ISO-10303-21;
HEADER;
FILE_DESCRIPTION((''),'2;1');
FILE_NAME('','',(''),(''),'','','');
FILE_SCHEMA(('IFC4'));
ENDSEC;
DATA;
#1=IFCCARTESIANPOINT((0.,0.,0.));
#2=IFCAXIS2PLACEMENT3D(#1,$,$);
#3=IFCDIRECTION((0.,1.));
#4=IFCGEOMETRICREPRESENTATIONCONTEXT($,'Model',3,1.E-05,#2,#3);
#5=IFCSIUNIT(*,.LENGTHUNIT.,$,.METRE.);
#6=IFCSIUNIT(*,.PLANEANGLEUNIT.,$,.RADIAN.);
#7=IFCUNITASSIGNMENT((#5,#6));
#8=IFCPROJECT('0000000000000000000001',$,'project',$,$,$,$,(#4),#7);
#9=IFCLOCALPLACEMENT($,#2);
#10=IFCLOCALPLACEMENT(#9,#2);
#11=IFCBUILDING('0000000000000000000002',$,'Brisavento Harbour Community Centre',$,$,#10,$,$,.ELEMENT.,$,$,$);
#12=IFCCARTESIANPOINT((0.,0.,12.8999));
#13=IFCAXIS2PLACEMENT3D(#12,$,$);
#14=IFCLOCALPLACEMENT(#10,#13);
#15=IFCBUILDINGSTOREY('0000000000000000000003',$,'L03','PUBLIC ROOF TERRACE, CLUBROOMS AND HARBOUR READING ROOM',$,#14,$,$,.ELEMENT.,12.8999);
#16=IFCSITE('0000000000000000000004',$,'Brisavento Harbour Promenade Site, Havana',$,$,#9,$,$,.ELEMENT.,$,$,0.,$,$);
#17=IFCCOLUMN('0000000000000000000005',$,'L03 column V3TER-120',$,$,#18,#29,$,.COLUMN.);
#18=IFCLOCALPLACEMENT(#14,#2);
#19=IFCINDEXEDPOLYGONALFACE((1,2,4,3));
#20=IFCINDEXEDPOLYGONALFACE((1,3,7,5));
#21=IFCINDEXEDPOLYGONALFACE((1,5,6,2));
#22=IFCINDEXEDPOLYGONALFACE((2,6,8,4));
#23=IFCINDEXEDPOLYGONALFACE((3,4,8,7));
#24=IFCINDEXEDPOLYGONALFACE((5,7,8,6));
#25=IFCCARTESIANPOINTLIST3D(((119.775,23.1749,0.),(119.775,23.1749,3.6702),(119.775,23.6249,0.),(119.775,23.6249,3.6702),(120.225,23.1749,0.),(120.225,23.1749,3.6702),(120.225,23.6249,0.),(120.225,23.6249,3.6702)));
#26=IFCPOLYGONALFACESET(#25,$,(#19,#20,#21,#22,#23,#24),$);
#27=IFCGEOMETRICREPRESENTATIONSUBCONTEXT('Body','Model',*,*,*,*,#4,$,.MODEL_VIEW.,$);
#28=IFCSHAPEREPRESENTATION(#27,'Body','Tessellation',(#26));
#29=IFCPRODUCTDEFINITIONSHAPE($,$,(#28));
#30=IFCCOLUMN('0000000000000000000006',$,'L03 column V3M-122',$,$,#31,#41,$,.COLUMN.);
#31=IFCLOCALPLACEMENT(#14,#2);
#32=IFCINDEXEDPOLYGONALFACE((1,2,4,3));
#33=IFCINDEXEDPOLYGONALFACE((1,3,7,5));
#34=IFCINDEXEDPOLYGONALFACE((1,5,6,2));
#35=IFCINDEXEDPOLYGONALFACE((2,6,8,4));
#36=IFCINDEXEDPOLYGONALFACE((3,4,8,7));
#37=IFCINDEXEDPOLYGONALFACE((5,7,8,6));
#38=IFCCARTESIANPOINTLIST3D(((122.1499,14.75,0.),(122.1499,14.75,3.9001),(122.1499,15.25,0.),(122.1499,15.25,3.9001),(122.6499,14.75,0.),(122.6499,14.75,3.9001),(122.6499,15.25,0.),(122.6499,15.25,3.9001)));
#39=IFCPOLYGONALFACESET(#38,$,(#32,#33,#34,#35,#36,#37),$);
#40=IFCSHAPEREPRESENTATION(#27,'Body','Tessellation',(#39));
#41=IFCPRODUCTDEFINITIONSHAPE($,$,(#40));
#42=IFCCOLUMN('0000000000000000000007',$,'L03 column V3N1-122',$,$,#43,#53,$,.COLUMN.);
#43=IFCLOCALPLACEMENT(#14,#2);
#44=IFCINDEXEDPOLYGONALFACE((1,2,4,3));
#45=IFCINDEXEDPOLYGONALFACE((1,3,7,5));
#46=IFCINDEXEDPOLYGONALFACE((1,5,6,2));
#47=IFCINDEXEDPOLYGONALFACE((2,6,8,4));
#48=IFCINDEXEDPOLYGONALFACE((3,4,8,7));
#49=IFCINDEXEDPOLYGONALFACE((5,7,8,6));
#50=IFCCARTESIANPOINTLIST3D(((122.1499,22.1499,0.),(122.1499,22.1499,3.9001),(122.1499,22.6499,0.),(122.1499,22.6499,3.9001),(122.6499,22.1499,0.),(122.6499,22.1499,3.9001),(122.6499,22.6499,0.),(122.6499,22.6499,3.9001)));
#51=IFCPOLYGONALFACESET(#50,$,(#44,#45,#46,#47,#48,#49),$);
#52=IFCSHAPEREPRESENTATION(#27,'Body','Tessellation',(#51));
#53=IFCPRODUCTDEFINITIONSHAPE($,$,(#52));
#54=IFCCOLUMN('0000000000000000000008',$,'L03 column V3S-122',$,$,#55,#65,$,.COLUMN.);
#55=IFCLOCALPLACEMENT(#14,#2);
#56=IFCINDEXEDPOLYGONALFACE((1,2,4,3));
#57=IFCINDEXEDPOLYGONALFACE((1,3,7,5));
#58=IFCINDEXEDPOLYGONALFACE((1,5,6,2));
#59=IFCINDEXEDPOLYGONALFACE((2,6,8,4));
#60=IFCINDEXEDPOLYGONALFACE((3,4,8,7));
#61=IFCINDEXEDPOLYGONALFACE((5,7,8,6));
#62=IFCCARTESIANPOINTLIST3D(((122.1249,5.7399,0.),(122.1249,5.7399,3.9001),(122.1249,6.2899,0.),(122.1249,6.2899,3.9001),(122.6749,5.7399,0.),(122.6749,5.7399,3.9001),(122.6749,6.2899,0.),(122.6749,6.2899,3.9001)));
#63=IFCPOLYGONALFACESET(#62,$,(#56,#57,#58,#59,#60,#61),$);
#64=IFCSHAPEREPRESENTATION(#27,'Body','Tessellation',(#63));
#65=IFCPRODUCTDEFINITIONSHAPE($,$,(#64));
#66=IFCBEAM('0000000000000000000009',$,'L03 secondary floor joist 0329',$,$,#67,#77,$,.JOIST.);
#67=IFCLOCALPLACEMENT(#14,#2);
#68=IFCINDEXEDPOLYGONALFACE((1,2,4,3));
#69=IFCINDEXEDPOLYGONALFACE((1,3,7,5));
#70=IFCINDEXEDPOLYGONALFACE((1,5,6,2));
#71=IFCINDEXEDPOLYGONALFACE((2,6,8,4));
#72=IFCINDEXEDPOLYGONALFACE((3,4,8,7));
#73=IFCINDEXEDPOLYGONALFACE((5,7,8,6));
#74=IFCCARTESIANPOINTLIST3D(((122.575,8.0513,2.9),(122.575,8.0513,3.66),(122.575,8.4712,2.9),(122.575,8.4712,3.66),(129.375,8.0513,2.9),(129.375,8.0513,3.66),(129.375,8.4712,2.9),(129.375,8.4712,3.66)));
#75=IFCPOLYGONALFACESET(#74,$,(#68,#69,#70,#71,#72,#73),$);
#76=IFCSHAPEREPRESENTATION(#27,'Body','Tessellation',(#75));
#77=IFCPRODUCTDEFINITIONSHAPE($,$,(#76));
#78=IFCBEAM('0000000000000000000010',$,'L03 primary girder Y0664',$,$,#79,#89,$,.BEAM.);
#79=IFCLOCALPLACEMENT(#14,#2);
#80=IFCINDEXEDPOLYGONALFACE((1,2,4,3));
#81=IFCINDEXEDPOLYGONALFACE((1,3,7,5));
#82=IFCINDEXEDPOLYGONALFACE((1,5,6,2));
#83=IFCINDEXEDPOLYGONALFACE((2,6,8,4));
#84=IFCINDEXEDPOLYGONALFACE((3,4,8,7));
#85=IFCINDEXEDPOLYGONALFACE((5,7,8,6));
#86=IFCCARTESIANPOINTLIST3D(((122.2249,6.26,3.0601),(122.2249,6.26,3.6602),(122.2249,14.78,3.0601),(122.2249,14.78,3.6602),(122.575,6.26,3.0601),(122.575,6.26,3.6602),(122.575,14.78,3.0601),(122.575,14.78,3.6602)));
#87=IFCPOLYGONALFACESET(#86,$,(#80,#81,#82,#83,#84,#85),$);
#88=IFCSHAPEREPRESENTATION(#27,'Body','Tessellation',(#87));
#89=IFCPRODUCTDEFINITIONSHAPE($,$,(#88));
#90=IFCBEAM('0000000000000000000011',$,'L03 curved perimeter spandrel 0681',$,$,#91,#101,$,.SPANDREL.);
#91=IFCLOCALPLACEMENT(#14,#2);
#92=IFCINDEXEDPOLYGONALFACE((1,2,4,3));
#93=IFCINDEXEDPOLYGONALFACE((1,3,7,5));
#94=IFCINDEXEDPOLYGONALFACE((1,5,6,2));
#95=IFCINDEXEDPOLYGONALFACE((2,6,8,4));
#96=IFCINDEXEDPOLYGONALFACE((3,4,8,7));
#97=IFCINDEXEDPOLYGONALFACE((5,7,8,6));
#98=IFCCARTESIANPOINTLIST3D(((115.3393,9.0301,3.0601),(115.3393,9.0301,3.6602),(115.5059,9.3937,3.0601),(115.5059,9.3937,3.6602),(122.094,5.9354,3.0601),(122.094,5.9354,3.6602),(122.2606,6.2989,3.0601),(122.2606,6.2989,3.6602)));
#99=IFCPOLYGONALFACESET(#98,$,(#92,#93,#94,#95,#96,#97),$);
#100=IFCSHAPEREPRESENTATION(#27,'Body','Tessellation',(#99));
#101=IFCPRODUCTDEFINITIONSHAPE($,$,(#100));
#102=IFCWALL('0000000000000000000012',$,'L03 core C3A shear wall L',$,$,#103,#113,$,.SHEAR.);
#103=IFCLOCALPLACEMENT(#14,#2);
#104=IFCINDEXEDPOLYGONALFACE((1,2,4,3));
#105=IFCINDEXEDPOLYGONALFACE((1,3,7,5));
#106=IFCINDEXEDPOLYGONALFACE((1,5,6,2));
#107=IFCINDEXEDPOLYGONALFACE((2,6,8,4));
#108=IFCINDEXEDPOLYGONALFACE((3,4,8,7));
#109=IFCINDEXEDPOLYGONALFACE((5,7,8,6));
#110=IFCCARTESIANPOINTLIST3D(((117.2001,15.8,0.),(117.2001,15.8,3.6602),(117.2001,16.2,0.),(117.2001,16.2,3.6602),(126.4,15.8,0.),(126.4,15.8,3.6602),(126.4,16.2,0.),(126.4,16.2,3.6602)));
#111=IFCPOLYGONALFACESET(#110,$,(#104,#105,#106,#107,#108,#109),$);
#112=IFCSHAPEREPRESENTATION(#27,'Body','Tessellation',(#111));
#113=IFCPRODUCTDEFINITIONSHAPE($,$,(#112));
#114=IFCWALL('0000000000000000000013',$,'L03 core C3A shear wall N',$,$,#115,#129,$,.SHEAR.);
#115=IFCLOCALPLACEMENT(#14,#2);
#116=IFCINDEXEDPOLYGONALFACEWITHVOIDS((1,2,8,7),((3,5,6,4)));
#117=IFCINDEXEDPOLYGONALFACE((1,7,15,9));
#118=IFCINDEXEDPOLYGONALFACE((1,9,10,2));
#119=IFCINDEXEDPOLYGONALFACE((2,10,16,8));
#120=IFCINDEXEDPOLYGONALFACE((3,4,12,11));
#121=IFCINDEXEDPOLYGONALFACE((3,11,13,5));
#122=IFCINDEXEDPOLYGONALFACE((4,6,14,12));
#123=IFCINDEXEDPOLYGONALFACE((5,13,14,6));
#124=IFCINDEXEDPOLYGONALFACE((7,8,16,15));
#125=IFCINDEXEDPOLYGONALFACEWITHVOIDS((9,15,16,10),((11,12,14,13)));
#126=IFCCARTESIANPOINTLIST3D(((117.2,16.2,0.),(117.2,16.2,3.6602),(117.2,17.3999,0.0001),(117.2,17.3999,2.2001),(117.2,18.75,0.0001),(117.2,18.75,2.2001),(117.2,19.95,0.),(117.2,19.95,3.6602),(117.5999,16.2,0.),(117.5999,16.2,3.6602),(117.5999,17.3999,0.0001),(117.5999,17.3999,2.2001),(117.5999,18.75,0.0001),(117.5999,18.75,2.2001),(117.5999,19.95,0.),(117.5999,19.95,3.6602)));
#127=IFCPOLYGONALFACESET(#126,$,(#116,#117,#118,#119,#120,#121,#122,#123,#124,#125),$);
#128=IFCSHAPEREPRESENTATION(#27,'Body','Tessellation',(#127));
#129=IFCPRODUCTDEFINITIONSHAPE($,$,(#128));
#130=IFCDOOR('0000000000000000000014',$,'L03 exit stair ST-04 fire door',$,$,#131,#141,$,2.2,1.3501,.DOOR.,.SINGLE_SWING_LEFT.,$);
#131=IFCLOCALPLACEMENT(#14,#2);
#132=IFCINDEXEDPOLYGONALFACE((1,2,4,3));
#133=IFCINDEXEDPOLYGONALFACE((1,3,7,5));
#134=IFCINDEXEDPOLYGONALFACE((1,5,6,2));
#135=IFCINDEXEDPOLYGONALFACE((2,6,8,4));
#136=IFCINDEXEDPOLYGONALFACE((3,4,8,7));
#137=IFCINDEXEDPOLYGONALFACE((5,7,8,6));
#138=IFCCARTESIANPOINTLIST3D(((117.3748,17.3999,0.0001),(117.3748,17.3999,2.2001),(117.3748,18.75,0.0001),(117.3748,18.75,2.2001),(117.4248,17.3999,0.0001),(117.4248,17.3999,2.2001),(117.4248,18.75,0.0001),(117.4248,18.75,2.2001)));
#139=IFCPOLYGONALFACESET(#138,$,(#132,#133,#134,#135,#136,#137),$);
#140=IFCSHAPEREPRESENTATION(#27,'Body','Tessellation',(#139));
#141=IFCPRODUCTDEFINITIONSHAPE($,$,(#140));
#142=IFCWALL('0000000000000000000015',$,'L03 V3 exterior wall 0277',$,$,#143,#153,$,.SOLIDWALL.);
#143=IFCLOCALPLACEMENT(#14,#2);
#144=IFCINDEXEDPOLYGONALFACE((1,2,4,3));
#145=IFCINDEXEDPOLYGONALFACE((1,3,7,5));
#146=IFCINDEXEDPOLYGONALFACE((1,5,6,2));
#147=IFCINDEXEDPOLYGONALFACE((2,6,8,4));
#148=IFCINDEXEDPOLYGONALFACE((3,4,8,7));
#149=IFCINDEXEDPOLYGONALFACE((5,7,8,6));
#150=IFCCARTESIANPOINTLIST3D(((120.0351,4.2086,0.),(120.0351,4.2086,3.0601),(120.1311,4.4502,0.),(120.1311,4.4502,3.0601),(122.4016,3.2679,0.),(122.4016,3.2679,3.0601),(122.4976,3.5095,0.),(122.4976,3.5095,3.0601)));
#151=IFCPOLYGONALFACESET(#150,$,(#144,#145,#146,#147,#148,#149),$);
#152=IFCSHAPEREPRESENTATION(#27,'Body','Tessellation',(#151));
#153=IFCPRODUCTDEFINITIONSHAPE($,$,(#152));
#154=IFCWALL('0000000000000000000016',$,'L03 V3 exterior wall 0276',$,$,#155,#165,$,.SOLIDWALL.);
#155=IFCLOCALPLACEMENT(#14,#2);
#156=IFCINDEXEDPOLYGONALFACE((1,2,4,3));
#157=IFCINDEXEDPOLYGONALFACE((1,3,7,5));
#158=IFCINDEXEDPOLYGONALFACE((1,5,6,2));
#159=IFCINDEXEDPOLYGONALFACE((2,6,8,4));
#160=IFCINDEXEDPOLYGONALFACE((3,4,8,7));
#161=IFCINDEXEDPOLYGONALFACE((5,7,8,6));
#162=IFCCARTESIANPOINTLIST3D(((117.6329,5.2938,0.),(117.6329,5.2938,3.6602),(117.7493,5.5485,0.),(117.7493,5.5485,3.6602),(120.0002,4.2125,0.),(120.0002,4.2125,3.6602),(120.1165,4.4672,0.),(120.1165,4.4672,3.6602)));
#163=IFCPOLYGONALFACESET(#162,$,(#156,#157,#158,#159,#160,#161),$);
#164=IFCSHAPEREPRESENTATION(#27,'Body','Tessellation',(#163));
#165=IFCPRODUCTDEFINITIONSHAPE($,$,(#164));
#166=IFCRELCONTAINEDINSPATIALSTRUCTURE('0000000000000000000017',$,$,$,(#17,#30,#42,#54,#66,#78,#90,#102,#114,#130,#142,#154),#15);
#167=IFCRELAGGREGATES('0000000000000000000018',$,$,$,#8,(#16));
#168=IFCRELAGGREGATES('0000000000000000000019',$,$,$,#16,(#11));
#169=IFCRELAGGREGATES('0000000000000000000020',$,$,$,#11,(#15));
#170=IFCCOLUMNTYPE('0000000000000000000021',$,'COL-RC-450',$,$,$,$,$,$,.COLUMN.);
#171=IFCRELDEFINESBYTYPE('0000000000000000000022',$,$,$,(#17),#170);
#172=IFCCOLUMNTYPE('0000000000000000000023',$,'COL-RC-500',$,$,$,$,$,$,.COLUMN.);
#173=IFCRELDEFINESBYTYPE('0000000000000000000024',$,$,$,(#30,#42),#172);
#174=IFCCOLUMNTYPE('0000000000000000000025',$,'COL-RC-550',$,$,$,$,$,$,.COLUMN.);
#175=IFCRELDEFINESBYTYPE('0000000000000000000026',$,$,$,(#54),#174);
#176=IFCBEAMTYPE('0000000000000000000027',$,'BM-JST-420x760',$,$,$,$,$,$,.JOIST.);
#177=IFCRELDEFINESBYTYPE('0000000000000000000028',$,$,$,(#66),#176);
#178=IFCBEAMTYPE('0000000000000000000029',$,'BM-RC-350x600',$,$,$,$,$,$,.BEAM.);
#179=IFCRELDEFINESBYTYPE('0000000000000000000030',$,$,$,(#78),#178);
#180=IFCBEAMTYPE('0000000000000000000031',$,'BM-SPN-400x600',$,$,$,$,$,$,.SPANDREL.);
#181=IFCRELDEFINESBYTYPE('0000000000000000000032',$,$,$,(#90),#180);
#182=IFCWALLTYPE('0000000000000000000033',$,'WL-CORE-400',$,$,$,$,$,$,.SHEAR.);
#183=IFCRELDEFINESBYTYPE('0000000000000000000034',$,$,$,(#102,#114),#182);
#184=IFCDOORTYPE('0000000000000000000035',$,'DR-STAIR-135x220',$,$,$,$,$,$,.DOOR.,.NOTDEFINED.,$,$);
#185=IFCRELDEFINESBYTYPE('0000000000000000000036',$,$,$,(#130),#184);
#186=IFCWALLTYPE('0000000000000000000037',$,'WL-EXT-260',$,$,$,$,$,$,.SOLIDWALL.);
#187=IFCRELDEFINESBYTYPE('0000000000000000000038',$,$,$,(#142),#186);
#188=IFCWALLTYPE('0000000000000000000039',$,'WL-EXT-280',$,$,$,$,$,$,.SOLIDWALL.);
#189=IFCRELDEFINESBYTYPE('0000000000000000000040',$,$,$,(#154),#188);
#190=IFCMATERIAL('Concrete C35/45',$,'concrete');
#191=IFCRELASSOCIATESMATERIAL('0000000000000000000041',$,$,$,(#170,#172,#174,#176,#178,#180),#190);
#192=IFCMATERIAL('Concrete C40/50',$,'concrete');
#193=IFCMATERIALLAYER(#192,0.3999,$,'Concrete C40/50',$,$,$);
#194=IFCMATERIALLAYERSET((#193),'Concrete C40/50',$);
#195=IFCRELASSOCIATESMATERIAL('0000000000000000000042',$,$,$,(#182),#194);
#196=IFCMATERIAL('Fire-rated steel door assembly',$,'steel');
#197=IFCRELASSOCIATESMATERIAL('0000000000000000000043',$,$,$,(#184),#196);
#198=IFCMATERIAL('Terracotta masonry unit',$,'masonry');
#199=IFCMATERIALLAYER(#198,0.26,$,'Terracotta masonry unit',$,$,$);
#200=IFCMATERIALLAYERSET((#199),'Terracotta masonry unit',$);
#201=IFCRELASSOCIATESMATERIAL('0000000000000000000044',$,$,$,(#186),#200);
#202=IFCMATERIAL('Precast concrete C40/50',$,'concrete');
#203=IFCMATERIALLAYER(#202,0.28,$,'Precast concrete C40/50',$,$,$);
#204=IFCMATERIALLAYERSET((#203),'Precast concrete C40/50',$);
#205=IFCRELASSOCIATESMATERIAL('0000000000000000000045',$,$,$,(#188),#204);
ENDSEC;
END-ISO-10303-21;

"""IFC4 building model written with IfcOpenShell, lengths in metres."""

from ifc_helpers import new_model, si_unit, direction, frame, frame_2d, origin, origin_2d, place, context, subcontext, project, spatial, rectangle, extrude, material, layer, layer_set, material_profile, profile_set, type_object, element, fill, save


model = new_model("IFC4")

# Units and contexts
model_context = context("Model", 3, precision=1e-05, world=origin(), true_north=direction((0.0, 1.0)))
body_context = subcontext(model_context, "Body", "Model", "MODEL_VIEW")
ifc_project = project(units=[si_unit("LENGTHUNIT", "METRE"), si_unit("PLANEANGLEUNIT", "RADIAN")], contexts=[model_context])

# Site, building, storey
site_placement = place(None, origin())
site = spatial("IfcSite", under=ifc_project, at=site_placement, Name="Brisavento Harbour Promenade Site, Havana", CompositionType="ELEMENT", RefElevation=0.0)
building_placement = place(site_placement, origin())
building = spatial("IfcBuilding", under=site, at=building_placement, Name="Brisavento Harbour Community Centre", CompositionType="ELEMENT")
storey_placement = place(building_placement, frame((0.0, 0.0, 12.8999)))
storey = spatial("IfcBuildingStorey", under=building, at=storey_placement, Name="L03", Description="PUBLIC ROOF TERRACE, CLUBROOMS AND HARBOUR READING ROOM", CompositionType="ELEMENT", Elevation=12.8999)

# Columns
ifc_material_1 = material(Name="Concrete C35/45", Category="concrete")
ifc_material_profile_1 = material_profile(ifc_material_1, rectangle(XDim=0.45, YDim=0.45, at=origin_2d()), Name="Concrete C35/45")
ifc_profile_set_1 = profile_set([ifc_material_profile_1], Name="Concrete C35/45")
column_type_1 = type_object("IfcColumnType", Name="COL-RC-450", PredefinedType="COLUMN", material=ifc_profile_set_1)
column_1_placement = place(storey_placement, frame((120.0, 23.3999, 0.0), z_axis=(0.0, 0.0, 1.0), x_axis=(1.0, 0.0, 0.0)))
element("IfcColumn", 1, at=column_1_placement, inside=storey, type_object=column_type_1, Name="L03 column V3TER-120", PredefinedType="COLUMN", context=body_context, shape_type="SweptSolid", body=[
    extrude(rectangle(XDim=0.45, YDim=0.45, at=origin_2d()), origin(), (0.0, 0.0, 1.0), 3.6702),
])
ifc_material_profile_2 = material_profile(ifc_material_1, rectangle(XDim=0.5, YDim=0.5, at=origin_2d()), Name="Concrete C35/45")
ifc_profile_set_2 = profile_set([ifc_material_profile_2], Name="Concrete C35/45")
column_type_2 = type_object("IfcColumnType", Name="COL-RC-500", PredefinedType="COLUMN", material=ifc_profile_set_2)
for number, where, z_axis, x_axis, name in (
    (2, (122.3999, 15.0, 0.0), (0.0, 0.0, 1.0), (1.0, 0.0, 0.0), "L03 column V3M-122"),
    (3, (122.3999, 22.3999, 0.0), (0.0, 0.0, 1.0), (1.0, 0.0, 0.0), "L03 column V3N1-122"),
):
    element("IfcColumn", number, at=place(storey_placement, frame(where, z_axis=z_axis, x_axis=x_axis)), inside=storey, type_object=column_type_2, Name=name, PredefinedType="COLUMN", context=body_context, shape_type="SweptSolid", body=[
        extrude(rectangle(XDim=0.5, YDim=0.5, at=origin_2d()), origin(), (0.0, 0.0, 1.0), 3.9001),
    ])
ifc_material_profile_3 = material_profile(ifc_material_1, rectangle(XDim=0.55, YDim=0.55, at=origin_2d()), Name="Concrete C35/45")
ifc_profile_set_3 = profile_set([ifc_material_profile_3], Name="Concrete C35/45")
column_type_3 = type_object("IfcColumnType", Name="COL-RC-550", PredefinedType="COLUMN", material=ifc_profile_set_3)
column_2_placement = place(storey_placement, frame((122.3999, 6.0149, 0.0), z_axis=(0.0, 0.0, 1.0), x_axis=(1.0, 0.0, 0.0)))
element("IfcColumn", 4, at=column_2_placement, inside=storey, type_object=column_type_3, Name="L03 column V3S-122", PredefinedType="COLUMN", context=body_context, shape_type="SweptSolid", body=[
    extrude(rectangle(XDim=0.55, YDim=0.55, at=origin_2d()), origin(), (0.0, 0.0, 1.0), 3.9001),
])

# Beams
ifc_material_profile_4 = material_profile(ifc_material_1, rectangle(XDim=0.4199, YDim=0.76, at=origin_2d()), Name="Concrete C35/45")
ifc_profile_set_4 = profile_set([ifc_material_profile_4], Name="Concrete C35/45")
beam_type_1 = type_object("IfcBeamType", Name="BM-JST-420x760", PredefinedType="JOIST", material=ifc_profile_set_4)
beam_1_placement = place(storey_placement, frame((122.575, 8.2612, 3.28), z_axis=(1.0, 0.0, 0.0), x_axis=(0.0, 1.0, 0.0)))
element("IfcBeam", 5, at=beam_1_placement, inside=storey, type_object=beam_type_1, Name="L03 secondary floor joist 0329", PredefinedType="JOIST", context=body_context, shape_type="SweptSolid", body=[
    extrude(rectangle(XDim=0.4199, YDim=0.76, at=origin_2d()), origin(), (0.0, 0.0, 1.0), 6.8),
])
ifc_material_profile_5 = material_profile(ifc_material_1, rectangle(XDim=0.3501, YDim=0.6001, at=origin_2d()), Name="Concrete C35/45")
ifc_profile_set_5 = profile_set([ifc_material_profile_5], Name="Concrete C35/45")
beam_type_2 = type_object("IfcBeamType", Name="BM-RC-350x600", PredefinedType="BEAM", material=ifc_profile_set_5)
beam_2_placement = place(storey_placement, frame((122.3999, 6.26, 3.3601), z_axis=(0.0, 1.0, 0.0), x_axis=(-1.0, 0.0, 0.0)))
element("IfcBeam", 6, at=beam_2_placement, inside=storey, type_object=beam_type_2, Name="L03 primary girder Y0664", PredefinedType="BEAM", context=body_context, shape_type="SweptSolid", body=[
    extrude(rectangle(XDim=0.3501, YDim=0.6001, at=origin_2d()), origin(), (0.0, 0.0, 1.0), 8.52),
])
ifc_material_profile_6 = material_profile(ifc_material_1, rectangle(XDim=0.3999, YDim=0.6001, at=origin_2d()), Name="Concrete C35/45")
ifc_profile_set_6 = profile_set([ifc_material_profile_6], Name="Concrete C35/45")
beam_type_3 = type_object("IfcBeamType", Name="BM-SPN-400x600", PredefinedType="SPANDREL", material=ifc_profile_set_6)
beam_3_placement = place(storey_placement, frame((115.4226, 9.2119, 3.3601), z_axis=(0.909123, -0.416527, 0.0), x_axis=(0.416527, 0.909123, 0.0)))
element("IfcBeam", 7, at=beam_3_placement, inside=storey, type_object=beam_type_3, Name="L03 curved perimeter spandrel 0681", PredefinedType="SPANDREL", context=body_context, shape_type="SweptSolid", body=[
    extrude(rectangle(XDim=0.3999, YDim=0.6001, at=origin_2d()), origin(), (0.0, 0.0, 1.0), 7.4299),
])

# Wall
ifc_material_2 = material(Name="Concrete C40/50", Category="concrete")
ifc_layer_1 = layer(ifc_material_2, 0.3999, Name="Concrete C40/50")
ifc_layer_set_1 = layer_set([ifc_layer_1], Name="Concrete C40/50")
wall_type_1 = type_object("IfcWallType", Name="WL-CORE-400", PredefinedType="SHEAR", material=ifc_layer_set_1)
wall_1_placement = place(storey_placement, frame((117.2, 16.0, 0.0), z_axis=(0.0, 0.0, 1.0), x_axis=(1.0, 0.0, 0.0)))
element("IfcWall", 8, at=wall_1_placement, inside=storey, type_object=wall_type_1, Name="L03 core C3A shear wall L", PredefinedType="SHEAR", context=body_context, shape_type="SweptSolid", body=[
    extrude(rectangle(XDim=9.2, YDim=0.3999, at=frame_2d((4.6001, 0.0))), origin(), (0.0, 0.0, 1.0), 3.6602),
])

# Wall, opening, door
wall_2_placement = place(storey_placement, frame((117.3999, 19.95, 0.0), z_axis=(0.0, 0.0, 1.0), x_axis=(0.0, -1.0, 0.0)))
wall_2 = element("IfcWall", 9, at=wall_2_placement, inside=storey, type_object=wall_type_1, Name="L03 core C3A shear wall N", PredefinedType="SHEAR", context=body_context, shape_type="SweptSolid", body=[
    extrude(rectangle(XDim=3.75, YDim=0.3999, at=frame_2d((1.875, 0.0))), origin(), (0.0, 0.0, 1.0), 3.6602),
])
opening_placement = place(wall_2_placement, frame((1.2, 0.0, 0.0)))
opening = element("IfcOpeningElement", 10, at=opening_placement, cuts=wall_2, PredefinedType="OPENING", context=body_context, shape_type="SweptSolid", body=[
    extrude(rectangle(XDim=1.3501, YDim=2.2, at=frame_2d((0.675, 1.1001))), frame((0.0, 0.21, 0.0), z_axis=(0.0, -1.0, 0.0), x_axis=(1.0, 0.0, 0.0)), (0.0, 0.0, 1.0), 0.4199),
])
ifc_material_3 = material(Name="Fire-rated steel door assembly", Category="steel")
door_type = type_object("IfcDoorType", Name="DR-STAIR-135x220", OperationType="NOTDEFINED", PredefinedType="DOOR", material=ifc_material_3)
door_placement = place(opening_placement, origin())
door = element("IfcDoor", 11, at=door_placement, inside=storey, type_object=door_type, Name="L03 exit stair ST-04 fire door", OperationType="SINGLE_SWING_LEFT", OverallHeight=2.2, OverallWidth=1.3501, PredefinedType="DOOR", context=body_context, shape_type="SweptSolid", body=[
    extrude(rectangle(XDim=1.3501, YDim=2.2, at=frame_2d((0.675, 1.1001))), frame((0.0, 0.0249, 0.0), z_axis=(0.0, -1.0, 0.0), x_axis=(1.0, 0.0, 0.0)), (0.0, 0.0, 1.0), 0.05),
])
fill(opening, door)

# Walls
ifc_material_4 = material(Name="Terracotta masonry unit", Category="masonry")
ifc_layer_2 = layer(ifc_material_4, 0.26, Name="Terracotta masonry unit")
ifc_layer_set_2 = layer_set([ifc_layer_2], Name="Terracotta masonry unit")
wall_type_2 = type_object("IfcWallType", Name="WL-EXT-260", PredefinedType="SOLIDWALL", material=ifc_layer_set_2)
wall_3_placement = place(storey_placement, frame((122.4497, 3.3887, 0.0), z_axis=(0.0, 0.0, 1.0), x_axis=(-0.929275, 0.36939, 0.0)))
element("IfcWall", 12, at=wall_3_placement, inside=storey, type_object=wall_type_2, Name="L03 V3 exterior wall 0277", PredefinedType="SOLIDWALL", context=body_context, shape_type="SweptSolid", body=[
    extrude(rectangle(XDim=2.5466, YDim=0.26, at=frame_2d((1.2734, 0.0))), origin(), (0.0, 0.0, 1.0), 3.0601),
])
ifc_material_5 = material(Name="Precast concrete C40/50", Category="concrete")
ifc_layer_3 = layer(ifc_material_5, 0.28, Name="Precast concrete C40/50")
ifc_layer_set_3 = layer_set([ifc_layer_3], Name="Precast concrete C40/50")
wall_type_3 = type_object("IfcWallType", Name="WL-EXT-280", PredefinedType="SOLIDWALL", material=ifc_layer_set_3)
wall_4_placement = place(storey_placement, frame((120.0583, 4.3398, 0.0), z_axis=(0.0, 0.0, 1.0), x_axis=(-0.909597, 0.415491, 0.0)))
element("IfcWall", 13, at=wall_4_placement, inside=storey, type_object=wall_type_3, Name="L03 V3 exterior wall 0276", PredefinedType="SOLIDWALL", context=body_context, shape_type="SweptSolid", body=[
    extrude(rectangle(XDim=2.6025, YDim=0.28, at=frame_2d((1.3013, 0.0))), origin(), (0.0, 0.0, 1.0), 3.6602),
])

save(model, "model.ifc")
